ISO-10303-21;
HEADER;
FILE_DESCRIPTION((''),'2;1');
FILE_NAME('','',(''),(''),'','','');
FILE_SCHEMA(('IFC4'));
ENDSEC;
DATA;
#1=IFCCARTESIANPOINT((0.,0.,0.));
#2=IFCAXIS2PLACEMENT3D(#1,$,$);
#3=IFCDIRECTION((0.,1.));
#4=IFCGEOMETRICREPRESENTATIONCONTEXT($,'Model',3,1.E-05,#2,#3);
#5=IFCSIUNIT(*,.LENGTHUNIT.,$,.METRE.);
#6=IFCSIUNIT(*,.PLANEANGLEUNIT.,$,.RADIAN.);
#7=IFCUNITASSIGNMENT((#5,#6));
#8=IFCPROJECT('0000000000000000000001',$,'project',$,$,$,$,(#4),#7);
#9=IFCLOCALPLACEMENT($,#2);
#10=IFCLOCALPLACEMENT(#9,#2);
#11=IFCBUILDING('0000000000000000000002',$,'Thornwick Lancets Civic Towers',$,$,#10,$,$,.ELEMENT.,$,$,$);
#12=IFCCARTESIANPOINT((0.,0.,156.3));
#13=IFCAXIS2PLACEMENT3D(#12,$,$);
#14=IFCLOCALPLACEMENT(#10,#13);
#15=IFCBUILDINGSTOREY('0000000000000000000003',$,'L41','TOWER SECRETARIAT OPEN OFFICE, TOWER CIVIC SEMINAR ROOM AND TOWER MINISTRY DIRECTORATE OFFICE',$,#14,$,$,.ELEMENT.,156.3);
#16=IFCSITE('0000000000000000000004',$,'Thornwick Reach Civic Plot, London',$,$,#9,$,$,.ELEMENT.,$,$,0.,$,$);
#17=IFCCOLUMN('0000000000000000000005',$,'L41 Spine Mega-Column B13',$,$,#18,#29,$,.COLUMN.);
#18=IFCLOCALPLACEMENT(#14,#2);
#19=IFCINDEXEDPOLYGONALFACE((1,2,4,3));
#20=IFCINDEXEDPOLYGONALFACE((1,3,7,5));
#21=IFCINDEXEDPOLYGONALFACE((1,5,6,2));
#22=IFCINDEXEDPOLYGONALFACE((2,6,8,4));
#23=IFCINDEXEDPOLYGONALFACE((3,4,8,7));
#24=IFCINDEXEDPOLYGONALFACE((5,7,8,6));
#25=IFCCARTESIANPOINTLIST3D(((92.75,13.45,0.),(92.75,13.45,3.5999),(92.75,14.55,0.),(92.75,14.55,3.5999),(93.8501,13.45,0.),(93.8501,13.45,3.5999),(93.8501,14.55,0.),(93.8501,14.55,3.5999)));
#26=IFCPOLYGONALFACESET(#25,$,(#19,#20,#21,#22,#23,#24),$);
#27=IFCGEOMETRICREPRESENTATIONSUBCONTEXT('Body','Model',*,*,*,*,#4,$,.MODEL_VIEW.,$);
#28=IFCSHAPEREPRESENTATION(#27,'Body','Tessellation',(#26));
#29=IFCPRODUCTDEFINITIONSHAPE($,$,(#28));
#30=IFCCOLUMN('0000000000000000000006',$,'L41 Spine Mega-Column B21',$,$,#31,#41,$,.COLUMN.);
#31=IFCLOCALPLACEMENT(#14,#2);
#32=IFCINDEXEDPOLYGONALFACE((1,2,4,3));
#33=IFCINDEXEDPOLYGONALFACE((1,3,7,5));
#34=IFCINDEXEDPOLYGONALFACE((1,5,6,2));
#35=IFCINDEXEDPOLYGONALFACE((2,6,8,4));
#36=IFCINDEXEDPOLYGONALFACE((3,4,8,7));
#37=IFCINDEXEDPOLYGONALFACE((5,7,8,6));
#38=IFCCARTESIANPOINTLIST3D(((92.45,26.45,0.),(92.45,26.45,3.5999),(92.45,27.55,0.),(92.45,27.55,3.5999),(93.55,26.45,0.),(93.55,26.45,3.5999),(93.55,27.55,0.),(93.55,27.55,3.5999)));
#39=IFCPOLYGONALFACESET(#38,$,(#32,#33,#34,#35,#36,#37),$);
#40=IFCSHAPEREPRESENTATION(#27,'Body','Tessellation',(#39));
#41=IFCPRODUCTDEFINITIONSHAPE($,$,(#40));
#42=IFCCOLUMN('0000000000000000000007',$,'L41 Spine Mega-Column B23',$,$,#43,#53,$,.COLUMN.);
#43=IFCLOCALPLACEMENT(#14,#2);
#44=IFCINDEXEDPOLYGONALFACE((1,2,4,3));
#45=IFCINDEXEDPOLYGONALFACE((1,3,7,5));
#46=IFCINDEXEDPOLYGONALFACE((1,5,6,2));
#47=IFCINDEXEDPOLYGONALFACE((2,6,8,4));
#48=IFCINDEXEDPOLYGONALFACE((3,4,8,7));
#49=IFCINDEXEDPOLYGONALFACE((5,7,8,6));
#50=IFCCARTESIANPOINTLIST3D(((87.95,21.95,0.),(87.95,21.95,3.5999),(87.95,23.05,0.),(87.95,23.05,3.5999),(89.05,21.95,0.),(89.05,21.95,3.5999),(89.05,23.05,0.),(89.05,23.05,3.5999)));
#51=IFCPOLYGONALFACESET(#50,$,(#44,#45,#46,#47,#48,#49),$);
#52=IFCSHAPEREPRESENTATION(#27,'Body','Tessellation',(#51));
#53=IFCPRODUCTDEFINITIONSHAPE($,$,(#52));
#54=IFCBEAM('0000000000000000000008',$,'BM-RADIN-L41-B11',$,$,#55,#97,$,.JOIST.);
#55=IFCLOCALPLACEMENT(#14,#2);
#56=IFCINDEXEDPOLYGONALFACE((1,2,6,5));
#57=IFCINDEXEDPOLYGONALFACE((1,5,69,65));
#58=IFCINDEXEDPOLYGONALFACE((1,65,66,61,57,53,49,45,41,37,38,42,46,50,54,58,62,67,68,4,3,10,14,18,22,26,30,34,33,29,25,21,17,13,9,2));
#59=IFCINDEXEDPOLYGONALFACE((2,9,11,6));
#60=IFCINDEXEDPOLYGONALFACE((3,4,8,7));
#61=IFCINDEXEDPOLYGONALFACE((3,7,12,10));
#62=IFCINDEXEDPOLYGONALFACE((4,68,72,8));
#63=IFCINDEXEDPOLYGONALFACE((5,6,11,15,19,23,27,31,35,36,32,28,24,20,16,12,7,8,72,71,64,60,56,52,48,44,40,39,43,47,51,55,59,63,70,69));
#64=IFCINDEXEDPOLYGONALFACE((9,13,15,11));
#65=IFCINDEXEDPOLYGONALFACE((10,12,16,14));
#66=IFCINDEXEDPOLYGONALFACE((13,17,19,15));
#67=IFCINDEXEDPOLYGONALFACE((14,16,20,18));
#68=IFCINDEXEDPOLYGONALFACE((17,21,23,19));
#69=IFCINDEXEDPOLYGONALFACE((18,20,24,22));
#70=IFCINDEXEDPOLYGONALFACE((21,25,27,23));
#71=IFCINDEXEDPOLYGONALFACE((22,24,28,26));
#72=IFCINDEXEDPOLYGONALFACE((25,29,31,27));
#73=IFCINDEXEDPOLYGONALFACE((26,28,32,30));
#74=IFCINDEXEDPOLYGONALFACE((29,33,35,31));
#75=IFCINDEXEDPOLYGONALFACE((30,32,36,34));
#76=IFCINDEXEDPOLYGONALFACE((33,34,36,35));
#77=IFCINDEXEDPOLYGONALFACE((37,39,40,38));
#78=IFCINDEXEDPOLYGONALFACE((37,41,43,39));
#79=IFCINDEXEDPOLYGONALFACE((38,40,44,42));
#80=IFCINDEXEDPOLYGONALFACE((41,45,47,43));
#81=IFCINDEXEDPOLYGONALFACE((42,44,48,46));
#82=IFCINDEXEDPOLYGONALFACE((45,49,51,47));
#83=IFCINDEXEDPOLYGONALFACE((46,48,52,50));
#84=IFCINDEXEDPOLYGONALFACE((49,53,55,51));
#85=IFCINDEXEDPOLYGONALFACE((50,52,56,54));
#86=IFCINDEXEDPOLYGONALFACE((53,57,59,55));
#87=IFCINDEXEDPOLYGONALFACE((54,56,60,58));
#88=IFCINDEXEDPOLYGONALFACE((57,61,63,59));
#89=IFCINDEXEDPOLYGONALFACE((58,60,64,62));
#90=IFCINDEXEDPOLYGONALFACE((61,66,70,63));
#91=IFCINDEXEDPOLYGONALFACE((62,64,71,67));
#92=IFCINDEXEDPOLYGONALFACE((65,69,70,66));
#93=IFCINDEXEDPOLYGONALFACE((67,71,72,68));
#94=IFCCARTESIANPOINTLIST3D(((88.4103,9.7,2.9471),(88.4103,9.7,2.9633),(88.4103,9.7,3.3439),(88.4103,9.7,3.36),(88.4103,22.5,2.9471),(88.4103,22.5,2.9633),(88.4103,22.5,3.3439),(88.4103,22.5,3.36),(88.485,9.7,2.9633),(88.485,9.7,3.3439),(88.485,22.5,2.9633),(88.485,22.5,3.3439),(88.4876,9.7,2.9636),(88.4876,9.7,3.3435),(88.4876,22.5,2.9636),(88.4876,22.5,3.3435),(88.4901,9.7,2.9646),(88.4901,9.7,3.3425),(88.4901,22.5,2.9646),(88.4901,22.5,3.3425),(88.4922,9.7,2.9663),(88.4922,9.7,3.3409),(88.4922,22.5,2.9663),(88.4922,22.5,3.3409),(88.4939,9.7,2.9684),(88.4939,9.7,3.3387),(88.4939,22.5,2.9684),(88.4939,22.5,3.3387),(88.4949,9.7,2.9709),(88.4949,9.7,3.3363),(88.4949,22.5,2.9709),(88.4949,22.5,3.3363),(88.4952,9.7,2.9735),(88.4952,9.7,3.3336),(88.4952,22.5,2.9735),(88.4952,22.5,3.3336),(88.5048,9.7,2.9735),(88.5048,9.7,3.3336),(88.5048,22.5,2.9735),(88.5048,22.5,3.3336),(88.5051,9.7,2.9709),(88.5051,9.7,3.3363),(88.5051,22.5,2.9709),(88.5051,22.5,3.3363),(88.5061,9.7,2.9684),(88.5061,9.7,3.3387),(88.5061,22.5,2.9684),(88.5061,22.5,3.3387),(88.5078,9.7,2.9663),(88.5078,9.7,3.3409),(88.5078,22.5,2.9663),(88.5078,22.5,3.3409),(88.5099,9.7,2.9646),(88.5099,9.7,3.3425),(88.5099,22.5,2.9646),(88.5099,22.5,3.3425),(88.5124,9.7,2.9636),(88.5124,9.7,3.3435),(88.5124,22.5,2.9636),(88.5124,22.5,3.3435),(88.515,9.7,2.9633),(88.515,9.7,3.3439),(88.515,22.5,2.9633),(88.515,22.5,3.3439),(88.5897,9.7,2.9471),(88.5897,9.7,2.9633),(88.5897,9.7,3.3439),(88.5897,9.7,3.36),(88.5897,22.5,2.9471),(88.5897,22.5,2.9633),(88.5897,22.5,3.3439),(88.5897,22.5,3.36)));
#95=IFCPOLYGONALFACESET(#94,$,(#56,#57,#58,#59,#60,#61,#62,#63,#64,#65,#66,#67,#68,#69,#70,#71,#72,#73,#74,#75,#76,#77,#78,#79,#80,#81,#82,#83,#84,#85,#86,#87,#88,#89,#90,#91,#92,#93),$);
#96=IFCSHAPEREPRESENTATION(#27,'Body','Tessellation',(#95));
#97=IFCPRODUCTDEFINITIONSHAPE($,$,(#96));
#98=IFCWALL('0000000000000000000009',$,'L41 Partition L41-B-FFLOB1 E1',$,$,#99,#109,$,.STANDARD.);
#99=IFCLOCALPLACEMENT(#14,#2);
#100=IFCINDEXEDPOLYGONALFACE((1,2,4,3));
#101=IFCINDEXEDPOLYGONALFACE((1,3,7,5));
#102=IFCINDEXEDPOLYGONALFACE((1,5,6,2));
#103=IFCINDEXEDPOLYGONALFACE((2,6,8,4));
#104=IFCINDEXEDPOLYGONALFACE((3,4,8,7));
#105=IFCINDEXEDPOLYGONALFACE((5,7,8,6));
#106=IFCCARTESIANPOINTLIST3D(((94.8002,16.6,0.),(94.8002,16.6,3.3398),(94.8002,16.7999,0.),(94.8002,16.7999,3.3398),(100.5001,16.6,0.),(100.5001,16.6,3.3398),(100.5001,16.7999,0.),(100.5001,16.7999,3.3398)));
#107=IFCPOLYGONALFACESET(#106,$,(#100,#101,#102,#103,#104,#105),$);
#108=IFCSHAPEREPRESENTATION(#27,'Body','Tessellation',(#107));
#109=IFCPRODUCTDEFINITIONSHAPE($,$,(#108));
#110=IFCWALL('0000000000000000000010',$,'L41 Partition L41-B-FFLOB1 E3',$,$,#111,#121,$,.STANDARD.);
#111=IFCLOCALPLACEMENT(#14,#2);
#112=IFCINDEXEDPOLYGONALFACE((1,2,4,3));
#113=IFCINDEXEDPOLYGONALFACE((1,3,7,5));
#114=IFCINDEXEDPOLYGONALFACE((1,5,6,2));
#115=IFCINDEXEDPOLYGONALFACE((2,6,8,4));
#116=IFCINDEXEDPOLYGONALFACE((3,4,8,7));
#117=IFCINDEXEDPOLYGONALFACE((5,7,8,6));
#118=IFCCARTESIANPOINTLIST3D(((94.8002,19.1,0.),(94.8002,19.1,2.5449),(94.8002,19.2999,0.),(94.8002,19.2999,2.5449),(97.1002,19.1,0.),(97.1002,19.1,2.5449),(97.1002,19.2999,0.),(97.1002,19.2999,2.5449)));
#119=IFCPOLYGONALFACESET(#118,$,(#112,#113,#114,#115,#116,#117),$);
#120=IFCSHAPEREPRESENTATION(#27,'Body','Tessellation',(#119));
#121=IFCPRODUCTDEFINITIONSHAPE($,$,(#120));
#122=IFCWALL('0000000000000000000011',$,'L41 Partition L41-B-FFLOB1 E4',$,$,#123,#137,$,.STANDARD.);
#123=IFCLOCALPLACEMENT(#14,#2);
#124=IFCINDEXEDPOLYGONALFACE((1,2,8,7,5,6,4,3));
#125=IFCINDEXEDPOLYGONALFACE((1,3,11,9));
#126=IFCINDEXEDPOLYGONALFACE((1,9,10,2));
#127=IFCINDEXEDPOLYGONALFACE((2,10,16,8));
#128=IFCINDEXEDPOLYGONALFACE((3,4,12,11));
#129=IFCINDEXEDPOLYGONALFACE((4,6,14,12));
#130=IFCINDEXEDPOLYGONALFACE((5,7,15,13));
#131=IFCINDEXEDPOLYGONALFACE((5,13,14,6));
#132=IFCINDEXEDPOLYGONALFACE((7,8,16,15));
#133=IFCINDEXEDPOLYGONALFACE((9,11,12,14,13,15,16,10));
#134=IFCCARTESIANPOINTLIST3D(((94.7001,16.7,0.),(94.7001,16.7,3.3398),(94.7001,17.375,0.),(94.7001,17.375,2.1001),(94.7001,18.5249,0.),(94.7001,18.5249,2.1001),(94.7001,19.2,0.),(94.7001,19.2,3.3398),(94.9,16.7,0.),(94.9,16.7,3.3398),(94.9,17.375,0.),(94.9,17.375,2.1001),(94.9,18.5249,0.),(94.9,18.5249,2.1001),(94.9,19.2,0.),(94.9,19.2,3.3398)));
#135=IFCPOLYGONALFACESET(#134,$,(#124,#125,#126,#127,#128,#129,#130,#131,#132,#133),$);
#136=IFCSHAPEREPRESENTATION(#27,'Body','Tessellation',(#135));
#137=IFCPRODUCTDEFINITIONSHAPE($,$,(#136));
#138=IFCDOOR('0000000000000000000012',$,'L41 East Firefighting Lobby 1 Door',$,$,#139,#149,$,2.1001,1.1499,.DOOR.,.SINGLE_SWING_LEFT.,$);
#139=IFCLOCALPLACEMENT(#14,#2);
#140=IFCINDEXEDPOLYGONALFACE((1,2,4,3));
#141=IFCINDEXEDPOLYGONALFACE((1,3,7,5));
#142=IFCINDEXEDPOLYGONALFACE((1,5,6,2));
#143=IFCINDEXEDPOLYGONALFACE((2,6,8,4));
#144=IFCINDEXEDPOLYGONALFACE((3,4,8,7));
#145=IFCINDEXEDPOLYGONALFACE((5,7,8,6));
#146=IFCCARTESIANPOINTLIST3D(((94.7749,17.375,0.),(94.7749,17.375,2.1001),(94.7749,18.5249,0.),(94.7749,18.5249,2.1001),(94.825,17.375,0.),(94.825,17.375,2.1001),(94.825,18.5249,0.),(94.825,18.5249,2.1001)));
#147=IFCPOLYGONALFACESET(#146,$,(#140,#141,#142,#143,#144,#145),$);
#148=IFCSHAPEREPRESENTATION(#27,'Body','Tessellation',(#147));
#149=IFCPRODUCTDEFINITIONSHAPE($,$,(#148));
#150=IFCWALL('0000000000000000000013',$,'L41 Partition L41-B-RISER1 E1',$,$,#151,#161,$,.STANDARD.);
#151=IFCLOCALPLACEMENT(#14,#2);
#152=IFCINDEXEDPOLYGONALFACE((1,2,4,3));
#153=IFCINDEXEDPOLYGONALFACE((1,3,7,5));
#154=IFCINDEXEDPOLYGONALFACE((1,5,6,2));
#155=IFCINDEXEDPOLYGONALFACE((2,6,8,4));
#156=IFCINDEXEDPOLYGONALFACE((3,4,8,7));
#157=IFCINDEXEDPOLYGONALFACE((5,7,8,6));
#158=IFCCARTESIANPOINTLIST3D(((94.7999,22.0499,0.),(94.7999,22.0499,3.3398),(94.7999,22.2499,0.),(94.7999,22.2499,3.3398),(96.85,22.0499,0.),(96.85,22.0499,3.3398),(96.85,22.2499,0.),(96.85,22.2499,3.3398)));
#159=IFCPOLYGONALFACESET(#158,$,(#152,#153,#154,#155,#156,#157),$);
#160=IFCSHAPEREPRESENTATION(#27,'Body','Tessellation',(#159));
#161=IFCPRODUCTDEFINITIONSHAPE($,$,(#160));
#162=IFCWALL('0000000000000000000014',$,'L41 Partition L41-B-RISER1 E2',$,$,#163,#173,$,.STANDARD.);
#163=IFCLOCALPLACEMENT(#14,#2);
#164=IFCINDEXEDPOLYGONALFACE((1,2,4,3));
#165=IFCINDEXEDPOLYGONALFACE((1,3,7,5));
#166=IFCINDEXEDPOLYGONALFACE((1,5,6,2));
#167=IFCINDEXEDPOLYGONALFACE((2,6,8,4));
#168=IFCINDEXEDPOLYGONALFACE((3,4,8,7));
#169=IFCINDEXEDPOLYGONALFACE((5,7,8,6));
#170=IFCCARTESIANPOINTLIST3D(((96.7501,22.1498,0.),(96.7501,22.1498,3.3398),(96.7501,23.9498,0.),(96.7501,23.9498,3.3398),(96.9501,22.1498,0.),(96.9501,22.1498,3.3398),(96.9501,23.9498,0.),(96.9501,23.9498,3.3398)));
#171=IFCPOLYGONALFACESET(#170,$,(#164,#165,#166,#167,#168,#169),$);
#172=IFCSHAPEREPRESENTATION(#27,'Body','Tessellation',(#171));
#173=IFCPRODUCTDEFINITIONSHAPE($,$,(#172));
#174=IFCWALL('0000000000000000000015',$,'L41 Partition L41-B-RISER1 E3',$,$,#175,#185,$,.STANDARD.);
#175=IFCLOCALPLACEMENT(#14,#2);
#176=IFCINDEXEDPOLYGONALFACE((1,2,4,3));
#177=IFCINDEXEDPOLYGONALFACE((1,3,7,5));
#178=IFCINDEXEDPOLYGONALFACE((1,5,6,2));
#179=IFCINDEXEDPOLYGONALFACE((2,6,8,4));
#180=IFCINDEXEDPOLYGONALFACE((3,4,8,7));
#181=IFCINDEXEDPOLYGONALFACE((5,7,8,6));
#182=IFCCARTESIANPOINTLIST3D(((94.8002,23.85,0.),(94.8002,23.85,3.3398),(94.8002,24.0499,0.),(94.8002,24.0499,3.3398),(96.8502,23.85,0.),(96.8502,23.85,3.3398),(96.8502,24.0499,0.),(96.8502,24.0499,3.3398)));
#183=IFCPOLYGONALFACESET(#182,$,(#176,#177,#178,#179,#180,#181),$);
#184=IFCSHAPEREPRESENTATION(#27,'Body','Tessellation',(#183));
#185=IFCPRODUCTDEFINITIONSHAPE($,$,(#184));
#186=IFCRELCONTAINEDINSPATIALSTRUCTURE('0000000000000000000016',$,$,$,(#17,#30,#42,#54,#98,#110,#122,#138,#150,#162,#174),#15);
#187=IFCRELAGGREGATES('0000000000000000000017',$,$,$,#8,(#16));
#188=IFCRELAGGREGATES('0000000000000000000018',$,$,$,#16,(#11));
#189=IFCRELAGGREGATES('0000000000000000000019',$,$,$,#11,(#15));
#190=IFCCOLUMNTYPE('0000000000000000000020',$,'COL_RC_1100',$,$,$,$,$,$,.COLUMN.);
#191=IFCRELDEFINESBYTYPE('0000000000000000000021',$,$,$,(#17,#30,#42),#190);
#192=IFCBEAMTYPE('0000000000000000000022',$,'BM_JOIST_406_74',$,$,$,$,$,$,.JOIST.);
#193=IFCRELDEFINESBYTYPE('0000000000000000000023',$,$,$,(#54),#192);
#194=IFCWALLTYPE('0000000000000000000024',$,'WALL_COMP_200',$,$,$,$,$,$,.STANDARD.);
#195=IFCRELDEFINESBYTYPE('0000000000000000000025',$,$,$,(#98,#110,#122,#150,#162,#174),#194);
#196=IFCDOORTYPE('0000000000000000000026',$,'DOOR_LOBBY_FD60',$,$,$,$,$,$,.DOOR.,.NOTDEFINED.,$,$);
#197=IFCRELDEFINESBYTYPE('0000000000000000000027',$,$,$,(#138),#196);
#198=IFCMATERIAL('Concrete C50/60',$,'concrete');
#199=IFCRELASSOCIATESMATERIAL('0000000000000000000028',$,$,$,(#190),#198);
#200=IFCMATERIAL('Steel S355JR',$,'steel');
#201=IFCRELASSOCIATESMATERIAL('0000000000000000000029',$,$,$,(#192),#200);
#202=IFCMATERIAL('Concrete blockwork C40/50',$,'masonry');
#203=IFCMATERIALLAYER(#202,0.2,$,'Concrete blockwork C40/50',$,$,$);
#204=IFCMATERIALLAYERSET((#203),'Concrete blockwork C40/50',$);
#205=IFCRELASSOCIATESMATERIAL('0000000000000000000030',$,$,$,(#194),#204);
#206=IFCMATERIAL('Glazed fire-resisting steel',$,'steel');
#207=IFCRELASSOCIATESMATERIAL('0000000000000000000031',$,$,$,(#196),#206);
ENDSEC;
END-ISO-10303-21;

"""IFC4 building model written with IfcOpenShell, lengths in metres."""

from ifc_helpers import new_model, si_unit, direction, frame, frame_2d, origin, origin_2d, place, context, subcontext, project, spatial, rectangle, i_section, extrude, material, layer, layer_set, material_profile, profile_set, type_object, element, fill, save


model = new_model("IFC4")

# Units and contexts
model_context = context("Model", 3, precision=1e-05, world=origin(), true_north=direction((0.0, 1.0)))
body_context = subcontext(model_context, "Body", "Model", "MODEL_VIEW")
ifc_project = project(units=[si_unit("LENGTHUNIT", "METRE"), si_unit("PLANEANGLEUNIT", "RADIAN")], contexts=[model_context])

# Site, building, storey
site_placement = place(None, origin())
site = spatial("IfcSite", under=ifc_project, at=site_placement, Name="Thornwick Reach Civic Plot, London", CompositionType="ELEMENT", RefElevation=0.0)
building_placement = place(site_placement, origin())
building = spatial("IfcBuilding", under=site, at=building_placement, Name="Thornwick Lancets Civic Towers", CompositionType="ELEMENT")
storey_placement = place(building_placement, frame((0.0, 0.0, 156.3)))
storey = spatial("IfcBuildingStorey", under=building, at=storey_placement, Name="L41", Description="TOWER SECRETARIAT OPEN OFFICE, TOWER CIVIC SEMINAR ROOM AND TOWER MINISTRY DIRECTORATE OFFICE", CompositionType="ELEMENT", Elevation=156.3)

# Columns
ifc_material_1 = material(Name="Concrete C50/60", Category="concrete")
ifc_material_profile_1 = material_profile(ifc_material_1, rectangle(XDim=1.1001, YDim=1.1001, at=origin_2d()), Name="RC 1100x1100")
ifc_profile_set_1 = profile_set([ifc_material_profile_1], Name="Concrete C50/60")
column_type = type_object("IfcColumnType", Name="COL_RC_1100", PredefinedType="COLUMN", material=ifc_profile_set_1)
for number, where, z_axis, x_axis, name in (
    (1, (93.3, 14.0, 0.0), (0.0, 0.0, 1.0), (1.0, 0.0, 0.0), "L41 Spine Mega-Column B13"),
    (2, (93.0, 27.0, 0.0), (0.0, 0.0, 1.0), (1.0, 0.0, 0.0), "L41 Spine Mega-Column B21"),
    (3, (88.5, 22.5, 0.0), (0.0, 0.0, 1.0), (1.0, 0.0, 0.0), "L41 Spine Mega-Column B23"),
):
    element("IfcColumn", number, at=place(storey_placement, frame(where, z_axis=z_axis, x_axis=x_axis)), inside=storey, type_object=column_type, Name=name, PredefinedType="COLUMN", context=body_context, shape_type="SweptSolid", body=[
        extrude(rectangle(XDim=1.1001, YDim=1.1001, at=origin_2d()), origin(), (0.0, 0.0, 1.0), 3.5999),
    ])

# Beam
ifc_material_2 = material(Name="Steel S355JR", Category="steel")
ifc_material_profile_2 = material_profile(ifc_material_2, i_section(OverallWidth=0.1794, OverallDepth=0.4128, WebThickness=0.0095, FlangeThickness=0.0161, FilletRadius=0.0103, at=origin_2d()), Name="UKB 406x178x74")
ifc_profile_set_2 = profile_set([ifc_material_profile_2], Name="Steel S355JR")
beam_type = type_object("IfcBeamType", Name="BM_JOIST_406_74", PredefinedType="JOIST", material=ifc_profile_set_2)
beam_placement = place(storey_placement, frame((88.5, 22.5, 3.1536), z_axis=(0.0, -1.0, 0.0), x_axis=(1.0, 0.0, 0.0)))
element("IfcBeam", 4, at=beam_placement, inside=storey, type_object=beam_type, Name="BM-RADIN-L41-B11", PredefinedType="JOIST", context=body_context, shape_type="SweptSolid", body=[
    extrude(i_section(OverallWidth=0.1794, OverallDepth=0.4128, WebThickness=0.0095, FlangeThickness=0.0161, FilletRadius=0.0103, at=origin_2d()), origin(), (0.0, 0.0, 1.0), 12.8),
])

# Walls
ifc_material_3 = material(Name="Concrete blockwork C40/50", Category="masonry")
ifc_layer_1 = layer(ifc_material_3, 0.2, Name="Concrete blockwork C40/50")
ifc_layer_set_1 = layer_set([ifc_layer_1], Name="Concrete blockwork C40/50")
wall_type_1 = type_object("IfcWallType", Name="WALL_COMP_200", PredefinedType="STANDARD", material=ifc_layer_set_1)
wall_1_placement = place(storey_placement, frame((94.8, 16.7, 0.0), z_axis=(0.0, 0.0, 1.0), x_axis=(1.0, 0.0, 0.0)))
element("IfcWall", 5, at=wall_1_placement, inside=storey, type_object=wall_type_1, Name="L41 Partition L41-B-FFLOB1 E1", PredefinedType="STANDARD", context=body_context, shape_type="SweptSolid", body=[
    extrude(rectangle(XDim=5.7, YDim=0.2, at=frame_2d((2.8501, 0.0))), origin(), (0.0, 0.0, 1.0), 3.3398),
])
wall_2_placement = place(storey_placement, frame((97.1001, 19.2, 0.0), z_axis=(0.0, 0.0, 1.0), x_axis=(-1.0, 0.0, 0.0)))
element("IfcWall", 6, at=wall_2_placement, inside=storey, type_object=wall_type_1, Name="L41 Partition L41-B-FFLOB1 E3", PredefinedType="STANDARD", context=body_context, shape_type="SweptSolid", body=[
    extrude(rectangle(XDim=2.3, YDim=0.2, at=frame_2d((1.1499, 0.0))), origin(), (0.0, 0.0, 1.0), 2.5449),
])

# Wall, opening, door
wall_3_placement = place(storey_placement, frame((94.8, 19.2, 0.0), z_axis=(0.0, 0.0, 1.0), x_axis=(0.0, -1.0, 0.0)))
wall_3 = element("IfcWall", 7, at=wall_3_placement, inside=storey, type_object=wall_type_1, Name="L41 Partition L41-B-FFLOB1 E4", PredefinedType="STANDARD", context=body_context, shape_type="SweptSolid", body=[
    extrude(rectangle(XDim=2.5, YDim=0.2, at=frame_2d((1.25, 0.0))), origin(), (0.0, 0.0, 1.0), 3.3398),
])
opening_1_placement = place(wall_3_placement, frame((0.675, 0.0, 0.0)))
opening_1 = element("IfcOpeningElement", 8, at=opening_1_placement, cuts=wall_3, PredefinedType="OPENING", context=body_context, shape_type="SweptSolid", body=[
    extrude(rectangle(XDim=1.1499, YDim=2.1001, at=frame_2d((0.575, 1.05))), frame((0.0, 0.1099, 0.0), z_axis=(0.0, -1.0, 0.0), x_axis=(1.0, 0.0, 0.0)), (0.0, 0.0, 1.0), 0.22),
])
ifc_material_4 = material(Name="Glazed fire-resisting steel", Category="steel")
door_type_1 = type_object("IfcDoorType", Name="DOOR_LOBBY_FD60", OperationType="NOTDEFINED", PredefinedType="DOOR", material=ifc_material_4)
door_1_placement = place(opening_1_placement, origin())
door_1 = element("IfcDoor", 9, at=door_1_placement, inside=storey, type_object=door_type_1, Name="L41 East Firefighting Lobby 1 Door", OperationType="SINGLE_SWING_LEFT", OverallHeight=2.1001, OverallWidth=1.1499, PredefinedType="DOOR", context=body_context, shape_type="SweptSolid", body=[
    extrude(rectangle(XDim=1.1499, YDim=2.1001, at=frame_2d((0.575, 1.05))), frame((0.0, 0.0249, 0.0), z_axis=(0.0, -1.0, 0.0), x_axis=(1.0, 0.0, 0.0)), (0.0, 0.0, 1.0), 0.05),
])
fill(opening_1, door_1)

# Walls
wall_4_placement = place(storey_placement, frame((94.8, 22.1499, 0.0), z_axis=(0.0, 0.0, 1.0), x_axis=(1.0, 0.0, 0.0)))
element("IfcWall", 10, at=wall_4_placement, inside=storey, type_object=wall_type_1, Name="L41 Partition L41-B-RISER1 E1", PredefinedType="STANDARD", context=body_context, shape_type="SweptSolid", body=[
    extrude(rectangle(XDim=2.05, YDim=0.2, at=frame_2d((1.0249, 0.0))), origin(), (0.0, 0.0, 1.0), 3.3398),
])
wall_5_placement = place(storey_placement, frame((96.8501, 22.1499, 0.0), z_axis=(0.0, 0.0, 1.0), x_axis=(0.0, 1.0, 0.0)))
element("IfcWall", 11, at=wall_5_placement, inside=storey, type_object=wall_type_1, Name="L41 Partition L41-B-RISER1 E2", PredefinedType="STANDARD", context=body_context, shape_type="SweptSolid", body=[
    extrude(rectangle(XDim=1.8, YDim=0.2, at=frame_2d((0.8999, 0.0))), origin(), (0.0, 0.0, 1.0), 3.3398),
])
wall_6_placement = place(storey_placement, frame((96.8501, 23.95, 0.0), z_axis=(0.0, 0.0, 1.0), x_axis=(-1.0, 0.0, 0.0)))
element("IfcWall", 12, at=wall_6_placement, inside=storey, type_object=wall_type_1, Name="L41 Partition L41-B-RISER1 E3", PredefinedType="STANDARD", context=body_context, shape_type="SweptSolid", body=[
    extrude(rectangle(XDim=2.05, YDim=0.2, at=frame_2d((1.0249, 0.0))), origin(), (0.0, 0.0, 1.0), 3.3398),
])

save(model, "model.ifc")
